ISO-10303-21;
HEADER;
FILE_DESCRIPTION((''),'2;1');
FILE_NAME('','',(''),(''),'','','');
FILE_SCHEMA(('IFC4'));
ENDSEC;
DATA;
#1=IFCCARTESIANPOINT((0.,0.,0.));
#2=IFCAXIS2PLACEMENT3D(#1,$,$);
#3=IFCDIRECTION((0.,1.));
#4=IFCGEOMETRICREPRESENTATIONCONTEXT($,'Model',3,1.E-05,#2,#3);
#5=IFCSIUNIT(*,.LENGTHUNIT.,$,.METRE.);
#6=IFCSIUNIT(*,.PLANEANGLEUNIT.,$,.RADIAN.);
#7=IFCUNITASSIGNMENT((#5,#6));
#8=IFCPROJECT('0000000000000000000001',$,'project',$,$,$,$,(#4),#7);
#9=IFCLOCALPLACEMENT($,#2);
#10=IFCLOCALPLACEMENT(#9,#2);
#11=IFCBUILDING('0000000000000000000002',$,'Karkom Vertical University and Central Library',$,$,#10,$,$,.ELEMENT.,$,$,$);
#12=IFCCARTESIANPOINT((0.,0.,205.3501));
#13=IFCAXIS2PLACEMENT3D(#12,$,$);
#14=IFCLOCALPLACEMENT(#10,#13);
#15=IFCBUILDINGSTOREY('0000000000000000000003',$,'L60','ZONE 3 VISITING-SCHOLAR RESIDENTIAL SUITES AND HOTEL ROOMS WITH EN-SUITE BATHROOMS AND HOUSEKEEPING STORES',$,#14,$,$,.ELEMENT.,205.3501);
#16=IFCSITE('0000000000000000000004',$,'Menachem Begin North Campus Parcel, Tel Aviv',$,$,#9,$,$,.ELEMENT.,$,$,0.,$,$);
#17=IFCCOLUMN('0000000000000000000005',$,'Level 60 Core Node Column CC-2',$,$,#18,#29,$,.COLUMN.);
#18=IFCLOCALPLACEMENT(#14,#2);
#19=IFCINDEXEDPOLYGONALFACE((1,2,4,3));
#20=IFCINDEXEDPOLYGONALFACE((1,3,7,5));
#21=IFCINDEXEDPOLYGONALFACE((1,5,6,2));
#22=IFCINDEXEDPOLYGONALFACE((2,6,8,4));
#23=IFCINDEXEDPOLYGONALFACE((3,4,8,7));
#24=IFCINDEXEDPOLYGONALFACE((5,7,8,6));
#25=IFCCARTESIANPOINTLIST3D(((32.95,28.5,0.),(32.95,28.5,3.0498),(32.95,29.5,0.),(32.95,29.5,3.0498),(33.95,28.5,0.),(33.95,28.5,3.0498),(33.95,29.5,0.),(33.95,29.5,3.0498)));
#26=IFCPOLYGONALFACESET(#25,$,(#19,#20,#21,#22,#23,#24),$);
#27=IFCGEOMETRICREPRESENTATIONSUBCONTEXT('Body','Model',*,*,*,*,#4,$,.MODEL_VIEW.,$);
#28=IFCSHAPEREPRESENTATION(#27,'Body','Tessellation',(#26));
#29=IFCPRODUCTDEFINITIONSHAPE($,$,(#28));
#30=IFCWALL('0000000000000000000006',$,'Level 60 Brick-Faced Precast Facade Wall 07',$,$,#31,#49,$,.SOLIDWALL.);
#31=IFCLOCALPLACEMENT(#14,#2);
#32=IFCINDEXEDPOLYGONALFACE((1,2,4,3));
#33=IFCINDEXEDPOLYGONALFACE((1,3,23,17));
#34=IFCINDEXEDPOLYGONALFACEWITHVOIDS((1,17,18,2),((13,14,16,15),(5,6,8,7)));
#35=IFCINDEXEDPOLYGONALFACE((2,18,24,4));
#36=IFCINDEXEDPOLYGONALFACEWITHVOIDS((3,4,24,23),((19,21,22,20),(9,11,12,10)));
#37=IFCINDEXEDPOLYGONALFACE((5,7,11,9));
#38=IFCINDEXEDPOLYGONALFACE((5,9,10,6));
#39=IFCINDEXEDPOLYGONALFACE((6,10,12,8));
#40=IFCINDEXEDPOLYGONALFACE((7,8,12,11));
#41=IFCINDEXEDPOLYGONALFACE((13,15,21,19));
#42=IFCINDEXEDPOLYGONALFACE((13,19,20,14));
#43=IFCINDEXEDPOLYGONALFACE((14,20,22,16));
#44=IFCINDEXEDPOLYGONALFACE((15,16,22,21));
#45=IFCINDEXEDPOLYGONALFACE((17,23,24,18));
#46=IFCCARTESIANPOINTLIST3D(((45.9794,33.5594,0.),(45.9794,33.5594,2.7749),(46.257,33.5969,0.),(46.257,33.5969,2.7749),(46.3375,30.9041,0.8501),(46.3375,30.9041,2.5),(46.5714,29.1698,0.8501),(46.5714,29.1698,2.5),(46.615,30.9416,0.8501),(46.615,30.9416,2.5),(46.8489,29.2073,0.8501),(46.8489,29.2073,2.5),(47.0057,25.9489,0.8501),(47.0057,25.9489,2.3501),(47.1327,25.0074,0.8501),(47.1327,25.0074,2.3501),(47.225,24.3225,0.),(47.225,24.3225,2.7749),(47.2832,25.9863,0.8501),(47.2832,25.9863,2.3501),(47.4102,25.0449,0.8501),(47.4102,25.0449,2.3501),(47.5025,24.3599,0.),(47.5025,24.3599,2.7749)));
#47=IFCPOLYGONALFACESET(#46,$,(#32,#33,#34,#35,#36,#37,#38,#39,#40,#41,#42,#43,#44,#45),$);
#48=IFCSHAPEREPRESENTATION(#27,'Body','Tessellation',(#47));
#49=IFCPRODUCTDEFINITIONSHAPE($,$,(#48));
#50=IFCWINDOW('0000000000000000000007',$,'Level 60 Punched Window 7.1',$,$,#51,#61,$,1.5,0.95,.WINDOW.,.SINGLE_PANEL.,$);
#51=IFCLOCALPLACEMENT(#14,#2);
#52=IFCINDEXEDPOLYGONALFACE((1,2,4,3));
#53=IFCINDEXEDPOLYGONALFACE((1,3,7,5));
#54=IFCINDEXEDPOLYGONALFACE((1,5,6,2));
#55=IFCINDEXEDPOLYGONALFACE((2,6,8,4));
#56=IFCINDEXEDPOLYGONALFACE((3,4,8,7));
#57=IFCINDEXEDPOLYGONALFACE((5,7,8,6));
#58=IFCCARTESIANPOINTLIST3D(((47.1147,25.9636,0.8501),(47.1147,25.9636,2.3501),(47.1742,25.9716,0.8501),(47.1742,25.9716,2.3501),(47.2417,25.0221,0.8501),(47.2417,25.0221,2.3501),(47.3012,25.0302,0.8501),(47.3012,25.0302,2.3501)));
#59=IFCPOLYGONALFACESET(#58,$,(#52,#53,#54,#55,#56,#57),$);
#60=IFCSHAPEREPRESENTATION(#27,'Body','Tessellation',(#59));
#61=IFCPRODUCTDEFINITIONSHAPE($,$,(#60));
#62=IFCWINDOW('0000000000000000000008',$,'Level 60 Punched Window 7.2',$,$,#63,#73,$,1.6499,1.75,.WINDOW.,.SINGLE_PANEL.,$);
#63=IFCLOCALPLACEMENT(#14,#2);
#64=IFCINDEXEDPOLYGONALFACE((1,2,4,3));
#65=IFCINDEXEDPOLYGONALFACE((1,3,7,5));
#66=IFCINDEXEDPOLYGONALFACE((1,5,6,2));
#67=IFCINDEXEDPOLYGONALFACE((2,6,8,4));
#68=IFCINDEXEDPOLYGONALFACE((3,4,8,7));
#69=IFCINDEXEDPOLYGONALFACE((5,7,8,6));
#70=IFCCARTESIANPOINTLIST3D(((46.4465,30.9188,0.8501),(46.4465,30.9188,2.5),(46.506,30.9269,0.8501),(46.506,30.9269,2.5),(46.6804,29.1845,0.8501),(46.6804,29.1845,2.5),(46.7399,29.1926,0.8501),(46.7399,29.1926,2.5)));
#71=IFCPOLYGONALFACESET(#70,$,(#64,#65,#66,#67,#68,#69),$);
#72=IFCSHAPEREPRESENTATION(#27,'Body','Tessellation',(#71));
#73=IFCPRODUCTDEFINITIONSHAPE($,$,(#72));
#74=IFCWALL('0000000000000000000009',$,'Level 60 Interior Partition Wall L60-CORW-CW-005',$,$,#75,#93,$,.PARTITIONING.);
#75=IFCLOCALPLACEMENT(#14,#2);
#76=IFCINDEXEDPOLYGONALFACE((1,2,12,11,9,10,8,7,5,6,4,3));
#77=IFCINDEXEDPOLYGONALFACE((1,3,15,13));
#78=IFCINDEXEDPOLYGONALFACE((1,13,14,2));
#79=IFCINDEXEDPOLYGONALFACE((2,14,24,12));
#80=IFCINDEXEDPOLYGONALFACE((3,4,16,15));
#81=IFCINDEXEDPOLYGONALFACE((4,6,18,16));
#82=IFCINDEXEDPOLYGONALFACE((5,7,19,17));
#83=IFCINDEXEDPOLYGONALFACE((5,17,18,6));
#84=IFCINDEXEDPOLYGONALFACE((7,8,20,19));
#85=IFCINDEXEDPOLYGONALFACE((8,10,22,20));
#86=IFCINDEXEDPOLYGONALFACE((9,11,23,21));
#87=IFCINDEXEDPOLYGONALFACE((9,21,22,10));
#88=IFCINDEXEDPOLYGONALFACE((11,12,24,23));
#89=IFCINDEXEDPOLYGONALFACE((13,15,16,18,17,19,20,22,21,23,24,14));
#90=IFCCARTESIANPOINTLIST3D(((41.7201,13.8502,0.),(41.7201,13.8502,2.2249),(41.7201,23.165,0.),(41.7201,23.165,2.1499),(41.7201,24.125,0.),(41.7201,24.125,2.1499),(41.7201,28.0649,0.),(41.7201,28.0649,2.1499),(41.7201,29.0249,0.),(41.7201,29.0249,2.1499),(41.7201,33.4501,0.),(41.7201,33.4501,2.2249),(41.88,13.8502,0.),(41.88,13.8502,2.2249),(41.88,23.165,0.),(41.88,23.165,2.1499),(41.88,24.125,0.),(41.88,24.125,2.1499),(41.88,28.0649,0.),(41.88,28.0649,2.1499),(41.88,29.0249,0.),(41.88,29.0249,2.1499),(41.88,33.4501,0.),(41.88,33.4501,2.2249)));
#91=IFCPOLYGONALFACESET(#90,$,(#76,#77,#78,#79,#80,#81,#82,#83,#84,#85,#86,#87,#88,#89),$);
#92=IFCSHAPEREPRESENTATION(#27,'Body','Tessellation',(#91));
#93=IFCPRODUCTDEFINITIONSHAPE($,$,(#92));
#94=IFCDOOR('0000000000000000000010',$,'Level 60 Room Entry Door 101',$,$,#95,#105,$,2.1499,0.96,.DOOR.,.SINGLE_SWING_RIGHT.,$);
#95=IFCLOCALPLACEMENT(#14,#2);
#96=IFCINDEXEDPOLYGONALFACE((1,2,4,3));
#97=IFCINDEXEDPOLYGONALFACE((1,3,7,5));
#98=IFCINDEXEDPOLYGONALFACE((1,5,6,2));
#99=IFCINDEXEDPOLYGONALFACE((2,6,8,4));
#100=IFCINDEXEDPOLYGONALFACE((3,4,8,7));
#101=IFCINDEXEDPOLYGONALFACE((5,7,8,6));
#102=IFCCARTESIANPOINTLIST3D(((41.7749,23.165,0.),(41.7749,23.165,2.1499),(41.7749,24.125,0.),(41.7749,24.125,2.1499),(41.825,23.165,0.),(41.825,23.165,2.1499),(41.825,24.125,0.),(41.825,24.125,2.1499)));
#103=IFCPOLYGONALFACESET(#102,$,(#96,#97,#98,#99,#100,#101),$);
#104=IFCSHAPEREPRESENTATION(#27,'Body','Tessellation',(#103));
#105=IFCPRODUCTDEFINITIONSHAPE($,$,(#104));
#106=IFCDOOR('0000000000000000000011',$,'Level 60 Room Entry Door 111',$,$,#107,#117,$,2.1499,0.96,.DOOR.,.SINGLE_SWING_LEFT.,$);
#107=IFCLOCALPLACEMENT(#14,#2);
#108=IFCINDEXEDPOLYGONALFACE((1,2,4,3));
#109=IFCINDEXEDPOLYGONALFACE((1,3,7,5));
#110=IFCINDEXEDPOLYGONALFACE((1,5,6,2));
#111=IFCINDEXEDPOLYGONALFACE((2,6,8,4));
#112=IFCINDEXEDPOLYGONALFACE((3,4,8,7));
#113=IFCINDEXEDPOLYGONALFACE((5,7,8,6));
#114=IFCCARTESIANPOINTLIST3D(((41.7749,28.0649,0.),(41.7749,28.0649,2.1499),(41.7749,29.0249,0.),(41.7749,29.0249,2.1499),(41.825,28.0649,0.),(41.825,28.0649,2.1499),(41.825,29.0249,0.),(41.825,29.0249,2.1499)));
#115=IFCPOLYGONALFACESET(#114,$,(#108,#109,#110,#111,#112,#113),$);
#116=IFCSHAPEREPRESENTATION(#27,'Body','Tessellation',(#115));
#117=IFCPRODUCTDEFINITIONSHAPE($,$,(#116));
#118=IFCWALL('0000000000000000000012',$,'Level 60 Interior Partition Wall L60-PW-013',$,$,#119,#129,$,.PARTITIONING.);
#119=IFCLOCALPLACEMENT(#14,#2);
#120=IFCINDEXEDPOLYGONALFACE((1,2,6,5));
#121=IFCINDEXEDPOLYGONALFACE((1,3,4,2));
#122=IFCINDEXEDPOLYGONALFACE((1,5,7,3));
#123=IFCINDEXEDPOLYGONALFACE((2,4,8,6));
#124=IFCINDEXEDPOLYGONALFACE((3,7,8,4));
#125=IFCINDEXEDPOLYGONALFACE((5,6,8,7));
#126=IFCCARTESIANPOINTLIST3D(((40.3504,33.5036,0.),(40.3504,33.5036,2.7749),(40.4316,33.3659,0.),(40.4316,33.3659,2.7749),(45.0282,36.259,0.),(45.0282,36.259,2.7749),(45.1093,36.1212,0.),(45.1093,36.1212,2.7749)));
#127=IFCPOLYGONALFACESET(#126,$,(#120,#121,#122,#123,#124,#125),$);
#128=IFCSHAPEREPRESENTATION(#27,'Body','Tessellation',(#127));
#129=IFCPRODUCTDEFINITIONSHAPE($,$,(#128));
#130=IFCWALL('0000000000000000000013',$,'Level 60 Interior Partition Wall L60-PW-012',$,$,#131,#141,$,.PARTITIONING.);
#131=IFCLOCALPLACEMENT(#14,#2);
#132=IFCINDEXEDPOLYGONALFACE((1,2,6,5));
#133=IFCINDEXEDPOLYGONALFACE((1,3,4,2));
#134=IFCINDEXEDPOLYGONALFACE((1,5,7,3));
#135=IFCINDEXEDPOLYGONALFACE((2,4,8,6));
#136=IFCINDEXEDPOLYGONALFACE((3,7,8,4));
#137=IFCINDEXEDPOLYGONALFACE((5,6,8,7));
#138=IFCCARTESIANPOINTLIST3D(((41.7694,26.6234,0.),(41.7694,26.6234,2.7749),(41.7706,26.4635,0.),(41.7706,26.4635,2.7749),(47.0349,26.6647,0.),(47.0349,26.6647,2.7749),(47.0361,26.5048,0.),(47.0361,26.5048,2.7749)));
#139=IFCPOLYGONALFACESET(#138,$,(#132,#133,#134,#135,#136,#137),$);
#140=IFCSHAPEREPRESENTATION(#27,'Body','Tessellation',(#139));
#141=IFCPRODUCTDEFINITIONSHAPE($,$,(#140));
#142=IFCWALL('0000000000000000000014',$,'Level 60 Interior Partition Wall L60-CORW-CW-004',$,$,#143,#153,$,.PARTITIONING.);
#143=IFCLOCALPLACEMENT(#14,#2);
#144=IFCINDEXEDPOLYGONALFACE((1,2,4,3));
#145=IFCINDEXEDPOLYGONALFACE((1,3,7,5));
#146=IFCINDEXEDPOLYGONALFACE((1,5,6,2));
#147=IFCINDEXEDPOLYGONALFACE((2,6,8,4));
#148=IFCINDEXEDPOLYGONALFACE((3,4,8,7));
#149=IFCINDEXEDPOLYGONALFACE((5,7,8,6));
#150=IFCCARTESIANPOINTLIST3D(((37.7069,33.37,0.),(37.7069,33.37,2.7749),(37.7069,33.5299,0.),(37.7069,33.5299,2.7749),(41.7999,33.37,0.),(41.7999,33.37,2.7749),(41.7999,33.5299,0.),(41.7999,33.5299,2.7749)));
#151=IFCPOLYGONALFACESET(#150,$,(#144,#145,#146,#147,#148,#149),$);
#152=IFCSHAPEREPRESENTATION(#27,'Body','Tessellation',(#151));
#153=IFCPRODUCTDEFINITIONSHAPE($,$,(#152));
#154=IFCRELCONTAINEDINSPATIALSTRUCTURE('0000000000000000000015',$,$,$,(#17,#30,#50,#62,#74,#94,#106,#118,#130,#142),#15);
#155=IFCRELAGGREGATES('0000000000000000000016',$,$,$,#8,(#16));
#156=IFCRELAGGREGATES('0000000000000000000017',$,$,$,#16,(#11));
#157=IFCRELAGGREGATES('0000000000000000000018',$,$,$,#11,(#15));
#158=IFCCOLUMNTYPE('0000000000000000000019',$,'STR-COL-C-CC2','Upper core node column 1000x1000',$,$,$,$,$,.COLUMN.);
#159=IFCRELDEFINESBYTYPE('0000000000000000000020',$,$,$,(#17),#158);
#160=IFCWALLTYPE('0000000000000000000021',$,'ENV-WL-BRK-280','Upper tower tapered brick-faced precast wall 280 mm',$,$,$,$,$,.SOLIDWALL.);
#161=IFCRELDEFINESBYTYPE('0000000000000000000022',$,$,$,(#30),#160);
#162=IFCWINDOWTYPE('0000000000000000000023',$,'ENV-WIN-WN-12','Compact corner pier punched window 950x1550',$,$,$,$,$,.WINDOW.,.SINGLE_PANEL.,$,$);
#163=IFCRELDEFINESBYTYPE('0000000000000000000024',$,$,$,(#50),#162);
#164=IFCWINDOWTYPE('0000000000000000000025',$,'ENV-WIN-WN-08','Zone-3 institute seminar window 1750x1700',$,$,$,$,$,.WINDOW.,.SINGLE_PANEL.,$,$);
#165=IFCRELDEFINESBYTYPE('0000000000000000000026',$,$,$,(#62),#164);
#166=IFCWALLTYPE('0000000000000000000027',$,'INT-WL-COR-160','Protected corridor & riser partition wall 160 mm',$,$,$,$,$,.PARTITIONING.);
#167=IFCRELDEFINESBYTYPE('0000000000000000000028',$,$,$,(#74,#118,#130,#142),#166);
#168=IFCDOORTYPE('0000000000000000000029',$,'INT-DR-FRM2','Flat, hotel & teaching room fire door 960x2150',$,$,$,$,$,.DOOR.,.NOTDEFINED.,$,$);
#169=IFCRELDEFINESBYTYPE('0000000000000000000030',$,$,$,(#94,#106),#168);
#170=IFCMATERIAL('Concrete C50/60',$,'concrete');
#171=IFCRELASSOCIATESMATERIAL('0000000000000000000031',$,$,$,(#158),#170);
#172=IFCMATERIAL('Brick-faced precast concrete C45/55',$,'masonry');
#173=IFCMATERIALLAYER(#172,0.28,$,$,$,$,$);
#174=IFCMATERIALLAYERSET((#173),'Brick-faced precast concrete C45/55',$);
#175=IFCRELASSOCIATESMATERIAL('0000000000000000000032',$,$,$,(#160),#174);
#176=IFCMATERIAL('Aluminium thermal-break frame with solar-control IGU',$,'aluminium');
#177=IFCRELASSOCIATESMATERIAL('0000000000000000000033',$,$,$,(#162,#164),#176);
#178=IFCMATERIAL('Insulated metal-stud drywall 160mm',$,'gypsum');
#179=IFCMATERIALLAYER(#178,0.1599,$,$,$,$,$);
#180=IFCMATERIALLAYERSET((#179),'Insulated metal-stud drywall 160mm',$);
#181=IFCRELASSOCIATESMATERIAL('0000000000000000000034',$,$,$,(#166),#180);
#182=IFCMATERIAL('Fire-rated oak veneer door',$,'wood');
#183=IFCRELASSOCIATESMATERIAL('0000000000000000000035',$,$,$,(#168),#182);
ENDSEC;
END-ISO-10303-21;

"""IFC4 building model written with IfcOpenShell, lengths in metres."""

from ifc_helpers import new_model, si_unit, direction, frame, frame_2d, origin, origin_with_axes, origin_2d, place, context, subcontext, project, spatial, rectangle, extrude, source, transform, mapped, material, layer, layer_set, material_profile, profile_set, type_object, element, fill, save


model = new_model("IFC4")

# Units and contexts
model_context = context("Model", 3, precision=1e-05, world=origin(), true_north=direction((0.0, 1.0)))
body_context = subcontext(model_context, "Body", "Model", "MODEL_VIEW")
ifc_project = project(units=[si_unit("LENGTHUNIT", "METRE"), si_unit("PLANEANGLEUNIT", "RADIAN")], contexts=[model_context])

# Site, building, storey
site_placement = place(None, origin())
site = spatial("IfcSite", under=ifc_project, at=site_placement, Name="Menachem Begin North Campus Parcel, Tel Aviv", CompositionType="ELEMENT", RefElevation=0.0)
building_placement = place(site_placement, origin())
building = spatial("IfcBuilding", under=site, at=building_placement, Name="Karkom Vertical University and Central Library", CompositionType="ELEMENT")
storey_placement = place(building_placement, frame((0.0, 0.0, 205.3501)))
storey = spatial("IfcBuildingStorey", under=building, at=storey_placement, Name="L60", Description="ZONE 3 VISITING-SCHOLAR RESIDENTIAL SUITES AND HOTEL ROOMS WITH EN-SUITE BATHROOMS AND HOUSEKEEPING STORES", CompositionType="ELEMENT", Elevation=205.3501)

# Column
ifc_material_1 = material(Name="Concrete C50/60", Category="concrete")
ifc_material_profile = material_profile(ifc_material_1, rectangle(XDim=1.0, YDim=1.0, at=origin_2d()), Name="RC-1000x1000")
ifc_profile_set = profile_set([ifc_material_profile], Name="Concrete C50/60")
column_type = type_object("IfcColumnType", Name="STR-COL-C-CC2", Description="Upper core node column 1000x1000", PredefinedType="COLUMN", material=ifc_profile_set)
shared_shape_1 = source(origin_with_axes(), body_context, "Body", "SweptSolid", [
    extrude(rectangle(XDim=1.0, YDim=1.0, at=origin_2d()), origin(), (0.0, 0.0, 1.0), 3.0498),
])
column_placement = place(storey_placement, frame((33.45, 29.0, 0.0), z_axis=(0.0, 0.0, 1.0), x_axis=(1.0, 0.0, 0.0)))
element("IfcColumn", 1, at=column_placement, inside=storey, type_object=column_type, Name="Level 60 Core Node Column CC-2", PredefinedType="COLUMN", context=body_context, shape_type="MappedRepresentation", body=[
    mapped(shared_shape_1, transform((0.0, 0.0, 0.0), scale=1.0)),
])

# Wall, openings, windows
ifc_material_2 = material(Name="Brick-faced precast concrete C45/55", Category="masonry")
ifc_layer_1 = layer(ifc_material_2, 0.28)
ifc_layer_set_1 = layer_set([ifc_layer_1], Name="Brick-faced precast concrete C45/55")
wall_type_1 = type_object("IfcWallType", Name="ENV-WL-BRK-280", Description="Upper tower tapered brick-faced precast wall 280 mm", PredefinedType="SOLIDWALL", material=ifc_layer_set_1)
wall_1_placement = place(storey_placement, frame((47.3638, 24.3413, 0.0), z_axis=(0.0, 0.0, 1.0), x_axis=(-0.133639, 0.99103, 0.0)))
wall_1 = element("IfcWall", 2, at=wall_1_placement, inside=storey, type_object=wall_type_1, Name="Level 60 Brick-Faced Precast Facade Wall 07", PredefinedType="SOLIDWALL", context=body_context, shape_type="SweptSolid", body=[
    extrude(rectangle(XDim=9.3206, YDim=0.28, at=frame_2d((4.6602, 0.0))), origin(), (0.0, 0.0, 1.0), 2.7749),
])
opening_1_placement = place(wall_1_placement, frame((0.6909, 0.0, 0.8501)))
opening_1 = element("IfcOpeningElement", 3, at=opening_1_placement, cuts=wall_1, PredefinedType="OPENING", context=body_context, shape_type="SweptSolid", body=[
    extrude(rectangle(XDim=0.95, YDim=1.5, at=frame_2d((0.4751, 0.75))), frame((0.0, 0.1499, 0.0), z_axis=(0.0, -1.0, 0.0), x_axis=(1.0, 0.0, 0.0)), (0.0, 0.0, 1.0), 0.3),
])
opening_2_placement = place(wall_1_placement, frame((4.8911, 0.0, 0.8501)))
opening_2 = element("IfcOpeningElement", 4, at=opening_2_placement, cuts=wall_1, PredefinedType="OPENING", context=body_context, shape_type="SweptSolid", body=[
    extrude(rectangle(XDim=1.75, YDim=1.6499, at=frame_2d((0.875, 0.825))), frame((0.0, 0.1499, 0.0), z_axis=(0.0, -1.0, 0.0), x_axis=(1.0, 0.0, 0.0)), (0.0, 0.0, 1.0), 0.3),
])
ifc_material_3 = material(Name="Aluminium thermal-break frame with solar-control IGU", Category="aluminium")
window_type_1 = type_object("IfcWindowType", Name="ENV-WIN-WN-12", Description="Compact corner pier punched window 950x1550", PartitioningType="SINGLE_PANEL", PredefinedType="WINDOW", material=ifc_material_3)
shared_shape_2 = source(origin_with_axes(), body_context, "Body", "SweptSolid", [
    extrude(rectangle(XDim=0.95, YDim=1.5, at=frame_2d((0.4751, 0.75))), frame((0.0, 0.03, 0.0), z_axis=(0.0, -1.0, 0.0), x_axis=(1.0, 0.0, 0.0)), (0.0, 0.0, 1.0), 0.0601),
])
window_1_placement = place(opening_1_placement, origin())
window_1 = element("IfcWindow", 5, at=window_1_placement, inside=storey, type_object=window_type_1, Name="Level 60 Punched Window 7.1", OverallHeight=1.5, OverallWidth=0.95, PartitioningType="SINGLE_PANEL", PredefinedType="WINDOW", context=body_context, shape_type="MappedRepresentation", body=[
    mapped(shared_shape_2, transform((0.0, 0.0, 0.0), scale=1.0)),
])
fill(opening_1, window_1)
window_type_2 = type_object("IfcWindowType", Name="ENV-WIN-WN-08", Description="Zone-3 institute seminar window 1750x1700", PartitioningType="SINGLE_PANEL", PredefinedType="WINDOW", material=ifc_material_3)
shared_shape_3 = source(origin_with_axes(), body_context, "Body", "SweptSolid", [
    extrude(rectangle(XDim=1.75, YDim=1.6499, at=frame_2d((0.875, 0.825))), frame((0.0, 0.03, 0.0), z_axis=(0.0, -1.0, 0.0), x_axis=(1.0, 0.0, 0.0)), (0.0, 0.0, 1.0), 0.0601),
])
window_2_placement = place(opening_2_placement, origin())
window_2 = element("IfcWindow", 6, at=window_2_placement, inside=storey, type_object=window_type_2, Name="Level 60 Punched Window 7.2", OverallHeight=1.6499, OverallWidth=1.75, PartitioningType="SINGLE_PANEL", PredefinedType="WINDOW", context=body_context, shape_type="MappedRepresentation", body=[
    mapped(shared_shape_3, transform((0.0, 0.0, 0.0), scale=1.0)),
])
fill(opening_2, window_2)

# Wall, openings, doors
ifc_material_4 = material(Name="Insulated metal-stud drywall 160mm", Category="gypsum")
ifc_layer_2 = layer(ifc_material_4, 0.1599)
ifc_layer_set_2 = layer_set([ifc_layer_2], Name="Insulated metal-stud drywall 160mm")
wall_type_2 = type_object("IfcWallType", Name="INT-WL-COR-160", Description="Protected corridor & riser partition wall 160 mm", PredefinedType="PARTITIONING", material=ifc_layer_set_2)
wall_2_placement = place(storey_placement, frame((41.8, 33.45, 0.0), z_axis=(0.0, 0.0, 1.0), x_axis=(0.0, -1.0, 0.0)))
wall_2 = element("IfcWall", 7, at=wall_2_placement, inside=storey, type_object=wall_type_2, Name="Level 60 Interior Partition Wall L60-CORW-CW-005", PredefinedType="PARTITIONING", context=body_context, shape_type="SweptSolid", body=[
    extrude(rectangle(XDim=19.5999, YDim=0.1599, at=frame_2d((9.7998, 0.0))), origin(), (0.0, 0.0, 1.0), 2.2249),
])
opening_3_placement = place(wall_2_placement, frame((9.325, 0.0, 0.0)))
opening_3 = element("IfcOpeningElement", 8, at=opening_3_placement, cuts=wall_2, PredefinedType="OPENING", context=body_context, shape_type="SweptSolid", body=[
    extrude(rectangle(XDim=0.96, YDim=2.1499, at=frame_2d((0.48, 1.075))), frame((0.0, 0.0898, 0.0), z_axis=(0.0, -1.0, 0.0), x_axis=(1.0, 0.0, 0.0)), (0.0, 0.0, 1.0), 0.1799),
])
opening_4_placement = place(wall_2_placement, frame((4.425, 0.0, 0.0)))
opening_4 = element("IfcOpeningElement", 9, at=opening_4_placement, cuts=wall_2, PredefinedType="OPENING", context=body_context, shape_type="SweptSolid", body=[
    extrude(rectangle(XDim=0.96, YDim=2.1499, at=frame_2d((0.48, 1.075))), frame((0.0, 0.0898, 0.0), z_axis=(0.0, -1.0, 0.0), x_axis=(1.0, 0.0, 0.0)), (0.0, 0.0, 1.0), 0.1799),
])
ifc_material_5 = material(Name="Fire-rated oak veneer door", Category="wood")
door_type_1 = type_object("IfcDoorType", Name="INT-DR-FRM2", Description="Flat, hotel & teaching room fire door 960x2150", OperationType="NOTDEFINED", PredefinedType="DOOR", material=ifc_material_5)
shared_shape_4 = source(origin_with_axes(), body_context, "Body", "SweptSolid", [
    extrude(rectangle(XDim=0.96, YDim=2.1499, at=frame_2d((0.48, 1.075))), frame((0.0, 0.0249, 0.0), z_axis=(0.0, -1.0, 0.0), x_axis=(1.0, 0.0, 0.0)), (0.0, 0.0, 1.0), 0.05),
])
door_1_placement = place(opening_3_placement, origin())
door_1 = element("IfcDoor", 10, at=door_1_placement, inside=storey, type_object=door_type_1, Name="Level 60 Room Entry Door 101", OperationType="SINGLE_SWING_RIGHT", OverallHeight=2.1499, OverallWidth=0.96, PredefinedType="DOOR", context=body_context, shape_type="MappedRepresentation", body=[
    mapped(shared_shape_4, transform((0.0, 0.0, 0.0), scale=1.0)),
])
fill(opening_3, door_1)
door_2_placement = place(opening_4_placement, origin())
door_2 = element("IfcDoor", 11, at=door_2_placement, inside=storey, type_object=door_type_1, Name="Level 60 Room Entry Door 111", OperationType="SINGLE_SWING_LEFT", OverallHeight=2.1499, OverallWidth=0.96, PredefinedType="DOOR", context=body_context, shape_type="MappedRepresentation", body=[
    mapped(shared_shape_4, transform((0.0, 0.0, 0.0), scale=1.0)),
])
fill(opening_4, door_2)

# Walls
wall_3_placement = place(storey_placement, frame((40.3911, 33.4348, 0.0), z_axis=(0.0, 0.0, 1.0), x_axis=(0.861631, 0.507535, 0.0)))
element("IfcWall", 12, at=wall_3_placement, inside=storey, type_object=wall_type_2, Name="Level 60 Interior Partition Wall L60-PW-013", PredefinedType="PARTITIONING", context=body_context, shape_type="SweptSolid", body=[
    extrude(rectangle(XDim=5.429, YDim=0.1599, at=frame_2d((2.7144, 0.0))), origin(), (0.0, 0.0, 1.0), 2.7749),
])
wall_4_placement = place(storey_placement, frame((41.77, 26.5435, 0.0), z_axis=(0.0, 0.0, 1.0), x_axis=(0.999969, 0.007836, 0.0)))
element("IfcWall", 13, at=wall_4_placement, inside=storey, type_object=wall_type_2, Name="Level 60 Interior Partition Wall L60-PW-012", PredefinedType="PARTITIONING", context=body_context, shape_type="SweptSolid", body=[
    extrude(rectangle(XDim=5.2656, YDim=0.1599, at=frame_2d((2.6328, 0.0))), origin(), (0.0, 0.0, 1.0), 2.7749),
])
wall_5_placement = place(storey_placement, frame((37.707, 33.45, 0.0), z_axis=(0.0, 0.0, 1.0), x_axis=(1.0, 0.0, 0.0)))
element("IfcWall", 14, at=wall_5_placement, inside=storey, type_object=wall_type_2, Name="Level 60 Interior Partition Wall L60-CORW-CW-004", PredefinedType="PARTITIONING", context=body_context, shape_type="SweptSolid", body=[
    extrude(rectangle(XDim=4.093, YDim=0.1599, at=frame_2d((2.0464, 0.0))), origin(), (0.0, 0.0, 1.0), 2.7749),
])

save(model, "model.ifc")
